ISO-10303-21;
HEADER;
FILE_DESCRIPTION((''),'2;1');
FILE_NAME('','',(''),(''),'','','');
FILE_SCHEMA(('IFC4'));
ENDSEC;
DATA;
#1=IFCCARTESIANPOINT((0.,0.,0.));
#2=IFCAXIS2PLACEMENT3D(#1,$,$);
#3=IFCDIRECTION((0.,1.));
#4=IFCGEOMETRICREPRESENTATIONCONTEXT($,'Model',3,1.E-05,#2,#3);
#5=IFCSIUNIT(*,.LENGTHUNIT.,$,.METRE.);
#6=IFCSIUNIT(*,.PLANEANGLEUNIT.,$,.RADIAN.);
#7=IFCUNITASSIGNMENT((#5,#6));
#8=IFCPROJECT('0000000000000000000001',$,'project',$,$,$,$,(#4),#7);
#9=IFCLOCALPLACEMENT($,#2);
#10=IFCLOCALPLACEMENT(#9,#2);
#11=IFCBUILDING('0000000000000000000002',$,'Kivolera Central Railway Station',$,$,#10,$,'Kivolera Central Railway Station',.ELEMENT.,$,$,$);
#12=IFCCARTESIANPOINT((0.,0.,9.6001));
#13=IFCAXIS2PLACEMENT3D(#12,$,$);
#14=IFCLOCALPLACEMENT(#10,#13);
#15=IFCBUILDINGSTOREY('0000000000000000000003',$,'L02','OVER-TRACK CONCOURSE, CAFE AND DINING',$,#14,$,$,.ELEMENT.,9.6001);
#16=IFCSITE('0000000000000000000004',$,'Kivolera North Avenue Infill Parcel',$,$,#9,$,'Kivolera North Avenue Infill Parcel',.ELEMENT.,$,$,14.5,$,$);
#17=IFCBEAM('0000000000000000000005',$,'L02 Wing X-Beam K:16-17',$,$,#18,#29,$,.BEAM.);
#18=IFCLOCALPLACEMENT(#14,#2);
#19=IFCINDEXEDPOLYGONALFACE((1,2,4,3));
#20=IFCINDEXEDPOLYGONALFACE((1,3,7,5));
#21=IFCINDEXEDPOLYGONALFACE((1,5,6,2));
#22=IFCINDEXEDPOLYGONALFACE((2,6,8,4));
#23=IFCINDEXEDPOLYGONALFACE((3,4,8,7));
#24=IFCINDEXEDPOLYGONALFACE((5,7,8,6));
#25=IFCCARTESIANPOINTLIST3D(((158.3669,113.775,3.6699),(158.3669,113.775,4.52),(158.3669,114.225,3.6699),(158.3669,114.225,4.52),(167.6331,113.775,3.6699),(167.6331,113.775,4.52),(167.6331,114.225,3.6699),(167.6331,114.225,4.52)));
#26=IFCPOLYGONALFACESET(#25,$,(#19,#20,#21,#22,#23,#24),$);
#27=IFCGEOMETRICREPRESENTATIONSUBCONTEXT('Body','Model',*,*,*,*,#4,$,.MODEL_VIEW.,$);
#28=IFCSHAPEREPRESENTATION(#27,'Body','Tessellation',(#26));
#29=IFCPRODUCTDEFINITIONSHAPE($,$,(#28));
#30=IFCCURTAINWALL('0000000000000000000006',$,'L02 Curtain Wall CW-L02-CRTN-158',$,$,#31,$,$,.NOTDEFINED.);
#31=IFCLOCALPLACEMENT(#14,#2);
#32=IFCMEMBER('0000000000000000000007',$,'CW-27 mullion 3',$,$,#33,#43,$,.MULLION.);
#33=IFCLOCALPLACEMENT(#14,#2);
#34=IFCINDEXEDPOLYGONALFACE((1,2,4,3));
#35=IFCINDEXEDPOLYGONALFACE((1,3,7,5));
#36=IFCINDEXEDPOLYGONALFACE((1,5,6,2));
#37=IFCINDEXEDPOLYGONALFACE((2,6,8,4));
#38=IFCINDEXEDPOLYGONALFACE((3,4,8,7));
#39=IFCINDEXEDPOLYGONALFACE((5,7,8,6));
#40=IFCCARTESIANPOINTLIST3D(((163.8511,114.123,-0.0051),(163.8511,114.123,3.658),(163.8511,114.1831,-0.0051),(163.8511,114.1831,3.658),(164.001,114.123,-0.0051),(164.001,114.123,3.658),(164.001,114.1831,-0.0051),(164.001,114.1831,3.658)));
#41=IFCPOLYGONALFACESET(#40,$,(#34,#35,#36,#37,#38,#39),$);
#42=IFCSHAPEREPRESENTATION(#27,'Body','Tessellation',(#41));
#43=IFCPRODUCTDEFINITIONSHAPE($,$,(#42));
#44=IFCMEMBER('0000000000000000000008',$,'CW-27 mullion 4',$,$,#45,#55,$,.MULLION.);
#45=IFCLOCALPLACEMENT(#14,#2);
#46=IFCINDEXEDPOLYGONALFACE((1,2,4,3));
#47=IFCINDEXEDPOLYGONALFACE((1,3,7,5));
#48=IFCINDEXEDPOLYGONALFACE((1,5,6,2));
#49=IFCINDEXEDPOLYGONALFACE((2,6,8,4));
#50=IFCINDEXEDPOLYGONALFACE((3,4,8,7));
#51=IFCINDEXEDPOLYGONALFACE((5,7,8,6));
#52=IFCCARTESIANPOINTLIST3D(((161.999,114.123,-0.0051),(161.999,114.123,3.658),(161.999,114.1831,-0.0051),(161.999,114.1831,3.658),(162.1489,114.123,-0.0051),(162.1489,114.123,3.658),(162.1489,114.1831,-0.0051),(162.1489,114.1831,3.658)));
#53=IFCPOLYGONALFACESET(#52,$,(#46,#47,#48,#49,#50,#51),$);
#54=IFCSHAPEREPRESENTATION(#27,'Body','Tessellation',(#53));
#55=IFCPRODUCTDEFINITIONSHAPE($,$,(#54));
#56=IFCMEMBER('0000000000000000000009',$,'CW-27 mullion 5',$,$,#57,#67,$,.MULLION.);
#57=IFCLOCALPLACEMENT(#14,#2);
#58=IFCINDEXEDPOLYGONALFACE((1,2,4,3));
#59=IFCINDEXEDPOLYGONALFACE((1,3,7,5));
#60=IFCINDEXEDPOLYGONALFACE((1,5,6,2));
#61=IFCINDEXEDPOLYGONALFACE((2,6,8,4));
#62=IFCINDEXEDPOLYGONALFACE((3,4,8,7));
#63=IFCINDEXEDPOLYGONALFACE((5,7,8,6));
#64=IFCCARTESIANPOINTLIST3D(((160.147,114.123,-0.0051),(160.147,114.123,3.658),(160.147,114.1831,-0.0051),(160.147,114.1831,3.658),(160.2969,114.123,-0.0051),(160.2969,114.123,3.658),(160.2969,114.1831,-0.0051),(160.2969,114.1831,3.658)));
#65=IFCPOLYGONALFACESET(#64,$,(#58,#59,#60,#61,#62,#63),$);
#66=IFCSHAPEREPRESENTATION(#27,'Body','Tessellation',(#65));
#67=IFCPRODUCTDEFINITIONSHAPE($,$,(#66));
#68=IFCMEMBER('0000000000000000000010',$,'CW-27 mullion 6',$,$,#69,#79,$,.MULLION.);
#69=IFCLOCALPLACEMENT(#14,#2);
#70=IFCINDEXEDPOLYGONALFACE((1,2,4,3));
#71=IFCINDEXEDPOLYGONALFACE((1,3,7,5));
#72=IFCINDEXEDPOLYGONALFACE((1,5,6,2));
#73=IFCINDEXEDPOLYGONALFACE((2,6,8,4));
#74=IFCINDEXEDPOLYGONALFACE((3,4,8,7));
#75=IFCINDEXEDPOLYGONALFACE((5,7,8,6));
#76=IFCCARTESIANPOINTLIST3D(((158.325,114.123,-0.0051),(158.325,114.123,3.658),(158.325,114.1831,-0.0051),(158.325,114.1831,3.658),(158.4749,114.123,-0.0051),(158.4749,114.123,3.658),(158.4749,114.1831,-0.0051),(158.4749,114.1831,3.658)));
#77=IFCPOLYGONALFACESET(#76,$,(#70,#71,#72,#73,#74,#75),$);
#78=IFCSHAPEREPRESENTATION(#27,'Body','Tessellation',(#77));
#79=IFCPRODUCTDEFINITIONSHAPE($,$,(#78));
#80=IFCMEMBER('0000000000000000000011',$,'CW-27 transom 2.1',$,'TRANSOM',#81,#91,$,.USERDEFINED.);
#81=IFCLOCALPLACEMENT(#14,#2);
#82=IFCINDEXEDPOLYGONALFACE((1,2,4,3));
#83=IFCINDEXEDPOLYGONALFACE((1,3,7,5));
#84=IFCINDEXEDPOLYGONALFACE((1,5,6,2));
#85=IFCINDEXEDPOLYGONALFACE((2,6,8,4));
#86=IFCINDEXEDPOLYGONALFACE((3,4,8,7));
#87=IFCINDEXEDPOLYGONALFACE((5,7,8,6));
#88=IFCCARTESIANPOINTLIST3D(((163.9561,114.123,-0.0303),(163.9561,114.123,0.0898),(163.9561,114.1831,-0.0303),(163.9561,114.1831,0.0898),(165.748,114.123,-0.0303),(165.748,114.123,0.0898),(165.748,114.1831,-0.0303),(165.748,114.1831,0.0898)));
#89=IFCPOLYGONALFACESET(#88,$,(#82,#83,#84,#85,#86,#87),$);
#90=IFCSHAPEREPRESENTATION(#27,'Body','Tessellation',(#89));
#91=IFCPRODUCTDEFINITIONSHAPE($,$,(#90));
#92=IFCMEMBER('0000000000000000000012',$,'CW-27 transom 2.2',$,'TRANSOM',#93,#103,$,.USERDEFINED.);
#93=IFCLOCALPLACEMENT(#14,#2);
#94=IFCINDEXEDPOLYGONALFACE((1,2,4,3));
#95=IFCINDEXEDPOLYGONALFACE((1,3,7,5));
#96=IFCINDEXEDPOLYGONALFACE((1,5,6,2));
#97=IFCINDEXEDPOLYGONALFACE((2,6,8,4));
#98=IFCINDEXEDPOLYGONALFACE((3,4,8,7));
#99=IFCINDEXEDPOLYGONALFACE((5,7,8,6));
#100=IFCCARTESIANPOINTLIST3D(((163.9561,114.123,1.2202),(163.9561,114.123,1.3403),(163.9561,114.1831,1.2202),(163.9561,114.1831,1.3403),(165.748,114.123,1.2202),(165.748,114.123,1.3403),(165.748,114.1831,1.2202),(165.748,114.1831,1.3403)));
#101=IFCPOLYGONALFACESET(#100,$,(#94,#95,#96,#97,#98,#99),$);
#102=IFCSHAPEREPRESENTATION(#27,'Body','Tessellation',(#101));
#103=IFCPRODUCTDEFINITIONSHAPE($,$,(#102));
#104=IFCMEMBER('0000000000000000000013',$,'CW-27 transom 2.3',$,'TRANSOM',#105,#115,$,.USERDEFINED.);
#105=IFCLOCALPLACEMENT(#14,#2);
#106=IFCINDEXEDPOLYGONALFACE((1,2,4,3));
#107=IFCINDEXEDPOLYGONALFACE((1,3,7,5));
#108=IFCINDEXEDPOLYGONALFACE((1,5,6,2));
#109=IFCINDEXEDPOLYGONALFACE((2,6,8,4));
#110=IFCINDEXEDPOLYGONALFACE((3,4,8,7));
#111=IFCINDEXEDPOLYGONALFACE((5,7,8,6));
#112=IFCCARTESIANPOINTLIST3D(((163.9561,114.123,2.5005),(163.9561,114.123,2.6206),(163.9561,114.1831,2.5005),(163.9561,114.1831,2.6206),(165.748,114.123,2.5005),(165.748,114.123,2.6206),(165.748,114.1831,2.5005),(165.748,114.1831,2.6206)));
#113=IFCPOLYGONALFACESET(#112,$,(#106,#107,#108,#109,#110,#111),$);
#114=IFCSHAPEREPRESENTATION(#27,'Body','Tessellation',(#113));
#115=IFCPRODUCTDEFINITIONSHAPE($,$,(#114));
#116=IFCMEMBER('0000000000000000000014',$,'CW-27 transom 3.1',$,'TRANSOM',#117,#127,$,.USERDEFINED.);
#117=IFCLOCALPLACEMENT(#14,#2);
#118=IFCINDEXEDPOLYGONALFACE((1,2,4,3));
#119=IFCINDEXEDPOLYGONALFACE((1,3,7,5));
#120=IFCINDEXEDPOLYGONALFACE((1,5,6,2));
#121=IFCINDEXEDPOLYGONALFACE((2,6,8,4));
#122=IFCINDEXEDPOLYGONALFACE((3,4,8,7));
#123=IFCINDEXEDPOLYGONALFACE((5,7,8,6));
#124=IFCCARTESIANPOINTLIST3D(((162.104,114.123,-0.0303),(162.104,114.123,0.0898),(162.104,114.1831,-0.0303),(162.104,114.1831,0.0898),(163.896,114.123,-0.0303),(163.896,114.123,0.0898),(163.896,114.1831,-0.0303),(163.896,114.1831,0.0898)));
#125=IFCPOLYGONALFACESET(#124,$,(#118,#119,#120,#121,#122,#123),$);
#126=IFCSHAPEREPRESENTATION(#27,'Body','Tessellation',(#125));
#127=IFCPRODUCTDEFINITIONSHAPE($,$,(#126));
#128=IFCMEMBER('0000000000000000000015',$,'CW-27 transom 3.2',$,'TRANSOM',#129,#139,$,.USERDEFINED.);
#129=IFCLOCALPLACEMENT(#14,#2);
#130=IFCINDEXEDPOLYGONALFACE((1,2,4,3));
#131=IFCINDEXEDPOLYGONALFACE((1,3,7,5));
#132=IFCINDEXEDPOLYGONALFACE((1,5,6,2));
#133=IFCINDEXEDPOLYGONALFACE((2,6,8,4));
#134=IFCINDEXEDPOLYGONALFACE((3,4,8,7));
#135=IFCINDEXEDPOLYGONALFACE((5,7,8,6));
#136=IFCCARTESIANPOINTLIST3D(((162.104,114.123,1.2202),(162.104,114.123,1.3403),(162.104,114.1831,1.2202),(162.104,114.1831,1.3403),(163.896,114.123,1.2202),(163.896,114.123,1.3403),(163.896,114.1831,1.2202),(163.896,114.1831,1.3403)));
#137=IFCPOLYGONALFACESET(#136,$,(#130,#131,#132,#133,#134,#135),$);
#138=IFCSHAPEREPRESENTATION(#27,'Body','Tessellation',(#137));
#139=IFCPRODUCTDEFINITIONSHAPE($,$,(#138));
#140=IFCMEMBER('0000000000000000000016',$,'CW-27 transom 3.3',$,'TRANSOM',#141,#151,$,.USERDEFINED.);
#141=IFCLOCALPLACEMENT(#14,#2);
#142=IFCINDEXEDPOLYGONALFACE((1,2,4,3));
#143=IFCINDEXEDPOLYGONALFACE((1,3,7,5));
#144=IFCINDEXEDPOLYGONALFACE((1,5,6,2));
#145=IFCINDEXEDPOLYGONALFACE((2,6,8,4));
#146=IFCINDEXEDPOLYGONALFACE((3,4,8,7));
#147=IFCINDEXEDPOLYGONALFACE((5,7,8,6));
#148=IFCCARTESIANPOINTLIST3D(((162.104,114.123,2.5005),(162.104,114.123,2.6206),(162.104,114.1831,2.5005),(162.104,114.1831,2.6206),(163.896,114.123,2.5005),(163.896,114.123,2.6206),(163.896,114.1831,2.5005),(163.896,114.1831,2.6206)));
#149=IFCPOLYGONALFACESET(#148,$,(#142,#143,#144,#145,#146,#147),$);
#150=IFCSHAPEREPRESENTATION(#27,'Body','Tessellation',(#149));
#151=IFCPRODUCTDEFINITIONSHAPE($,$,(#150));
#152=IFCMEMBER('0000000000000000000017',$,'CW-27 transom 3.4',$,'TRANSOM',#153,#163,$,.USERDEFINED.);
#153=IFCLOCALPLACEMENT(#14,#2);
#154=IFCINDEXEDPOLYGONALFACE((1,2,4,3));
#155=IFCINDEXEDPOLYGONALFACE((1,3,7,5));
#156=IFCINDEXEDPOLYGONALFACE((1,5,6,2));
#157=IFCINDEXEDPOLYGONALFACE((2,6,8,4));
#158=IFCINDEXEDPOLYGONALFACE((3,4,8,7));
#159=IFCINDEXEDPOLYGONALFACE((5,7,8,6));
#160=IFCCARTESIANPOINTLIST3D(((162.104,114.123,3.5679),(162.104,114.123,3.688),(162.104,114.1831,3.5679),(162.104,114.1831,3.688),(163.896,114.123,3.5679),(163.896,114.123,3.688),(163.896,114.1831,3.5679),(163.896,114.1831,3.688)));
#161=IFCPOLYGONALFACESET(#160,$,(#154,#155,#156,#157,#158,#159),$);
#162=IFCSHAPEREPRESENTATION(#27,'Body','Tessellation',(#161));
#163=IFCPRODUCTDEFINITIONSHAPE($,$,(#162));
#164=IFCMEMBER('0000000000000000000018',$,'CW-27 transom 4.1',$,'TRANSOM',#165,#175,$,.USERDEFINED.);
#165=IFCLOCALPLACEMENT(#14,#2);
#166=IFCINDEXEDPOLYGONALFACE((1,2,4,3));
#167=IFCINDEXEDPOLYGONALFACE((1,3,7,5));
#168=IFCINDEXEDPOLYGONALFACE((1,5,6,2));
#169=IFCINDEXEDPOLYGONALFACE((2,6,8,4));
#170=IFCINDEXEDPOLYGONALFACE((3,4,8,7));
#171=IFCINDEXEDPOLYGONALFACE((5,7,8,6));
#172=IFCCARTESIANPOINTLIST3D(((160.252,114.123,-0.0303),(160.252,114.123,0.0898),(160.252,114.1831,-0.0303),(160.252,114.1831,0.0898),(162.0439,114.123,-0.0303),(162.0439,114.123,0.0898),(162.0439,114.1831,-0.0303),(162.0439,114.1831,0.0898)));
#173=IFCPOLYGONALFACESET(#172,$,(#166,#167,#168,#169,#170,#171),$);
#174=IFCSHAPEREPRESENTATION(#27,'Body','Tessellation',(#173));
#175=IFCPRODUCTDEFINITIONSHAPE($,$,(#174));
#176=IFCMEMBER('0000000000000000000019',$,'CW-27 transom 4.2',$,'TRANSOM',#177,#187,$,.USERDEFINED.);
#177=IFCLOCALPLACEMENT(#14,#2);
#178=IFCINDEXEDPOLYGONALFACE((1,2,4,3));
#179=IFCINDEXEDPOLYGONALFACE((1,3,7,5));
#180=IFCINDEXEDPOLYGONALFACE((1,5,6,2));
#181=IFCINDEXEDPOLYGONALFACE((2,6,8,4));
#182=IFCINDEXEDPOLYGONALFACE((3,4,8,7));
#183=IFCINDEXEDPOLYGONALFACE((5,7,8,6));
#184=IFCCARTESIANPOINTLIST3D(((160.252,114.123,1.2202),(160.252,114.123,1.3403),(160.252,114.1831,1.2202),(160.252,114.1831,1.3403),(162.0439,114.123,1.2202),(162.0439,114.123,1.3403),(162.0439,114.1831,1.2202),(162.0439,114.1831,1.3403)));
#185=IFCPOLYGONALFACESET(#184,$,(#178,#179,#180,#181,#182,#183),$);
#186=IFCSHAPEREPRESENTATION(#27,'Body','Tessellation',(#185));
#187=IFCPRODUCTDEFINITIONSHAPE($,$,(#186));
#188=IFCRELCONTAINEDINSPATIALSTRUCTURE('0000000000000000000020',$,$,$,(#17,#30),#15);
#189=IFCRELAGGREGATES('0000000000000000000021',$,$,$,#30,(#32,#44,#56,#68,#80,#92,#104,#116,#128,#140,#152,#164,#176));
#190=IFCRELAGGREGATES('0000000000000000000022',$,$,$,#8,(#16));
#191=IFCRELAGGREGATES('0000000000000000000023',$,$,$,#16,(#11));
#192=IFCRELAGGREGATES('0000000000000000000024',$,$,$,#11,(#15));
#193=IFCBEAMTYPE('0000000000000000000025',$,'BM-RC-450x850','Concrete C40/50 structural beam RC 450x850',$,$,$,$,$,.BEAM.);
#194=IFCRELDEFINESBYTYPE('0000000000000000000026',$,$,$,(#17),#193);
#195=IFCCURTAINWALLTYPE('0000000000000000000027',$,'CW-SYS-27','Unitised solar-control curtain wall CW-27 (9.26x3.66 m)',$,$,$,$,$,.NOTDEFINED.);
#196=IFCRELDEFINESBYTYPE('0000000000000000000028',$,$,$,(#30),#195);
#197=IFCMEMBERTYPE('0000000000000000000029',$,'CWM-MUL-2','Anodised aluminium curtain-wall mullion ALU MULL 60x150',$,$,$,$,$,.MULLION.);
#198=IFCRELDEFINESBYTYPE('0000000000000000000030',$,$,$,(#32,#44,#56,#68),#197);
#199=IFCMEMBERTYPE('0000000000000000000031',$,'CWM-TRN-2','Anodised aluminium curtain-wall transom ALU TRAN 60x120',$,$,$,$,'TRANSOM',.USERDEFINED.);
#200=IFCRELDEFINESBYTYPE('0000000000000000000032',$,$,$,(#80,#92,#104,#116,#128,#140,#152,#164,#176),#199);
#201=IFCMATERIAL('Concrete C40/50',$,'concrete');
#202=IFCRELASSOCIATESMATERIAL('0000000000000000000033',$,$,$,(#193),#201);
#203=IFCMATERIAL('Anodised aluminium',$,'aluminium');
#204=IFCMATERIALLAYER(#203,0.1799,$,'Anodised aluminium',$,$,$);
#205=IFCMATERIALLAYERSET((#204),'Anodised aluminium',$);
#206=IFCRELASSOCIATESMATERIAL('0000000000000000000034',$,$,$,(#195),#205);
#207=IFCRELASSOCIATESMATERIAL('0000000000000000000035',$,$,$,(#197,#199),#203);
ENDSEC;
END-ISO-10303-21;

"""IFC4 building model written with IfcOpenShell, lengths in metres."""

from ifc_helpers import new_model, si_unit, direction, frame, origin, origin_2d, place, context, subcontext, project, spatial, rectangle, extrude, material, layer, layer_set, material_profile, profile_set, type_object, element, aggregate, save


model = new_model("IFC4")

# Units and contexts
model_context = context("Model", 3, precision=1e-05, world=origin(), true_north=direction((0.0, 1.0)))
body_context = subcontext(model_context, "Body", "Model", "MODEL_VIEW")
ifc_project = project(units=[si_unit("LENGTHUNIT", "METRE"), si_unit("PLANEANGLEUNIT", "RADIAN")], contexts=[model_context])

# Site, building, storey
site_placement = place(None, origin())
site = spatial("IfcSite", under=ifc_project, at=site_placement, Name="Kivolera North Avenue Infill Parcel", LongName="Kivolera North Avenue Infill Parcel", CompositionType="ELEMENT", RefElevation=14.5)
building_placement = place(site_placement, origin())
building = spatial("IfcBuilding", under=site, at=building_placement, Name="Kivolera Central Railway Station", LongName="Kivolera Central Railway Station", CompositionType="ELEMENT")
storey_placement = place(building_placement, frame((0.0, 0.0, 9.6001)))
storey = spatial("IfcBuildingStorey", under=building, at=storey_placement, Name="L02", Description="OVER-TRACK CONCOURSE, CAFE AND DINING", CompositionType="ELEMENT", Elevation=9.6001)

# Beam
ifc_material_1 = material(Name="Concrete C40/50", Category="concrete")
ifc_material_profile_1 = material_profile(ifc_material_1, rectangle(XDim=0.45, YDim=0.8501, at=origin_2d()), Name="RC 450x850")
ifc_profile_set_1 = profile_set([ifc_material_profile_1], Name="Concrete C40/50")
beam_type = type_object("IfcBeamType", Name="BM-RC-450x850", Description="Concrete C40/50 structural beam RC 450x850", PredefinedType="BEAM", material=ifc_profile_set_1)
beam_placement = place(storey_placement, frame((158.3669, 114.0, 4.095), z_axis=(1.0, 0.0, 0.0), x_axis=(0.0, 1.0, 0.0)))
element("IfcBeam", 1, at=beam_placement, inside=storey, type_object=beam_type, Name="L02 Wing X-Beam K:16-17", PredefinedType="BEAM", context=body_context, shape_type="SweptSolid", body=[
    extrude(rectangle(XDim=0.45, YDim=0.8501, at=origin_2d()), origin(), (0.0, 0.0, 1.0), 9.2661),
])

# Curtain wall, members
ifc_material_2 = material(Name="Anodised aluminium", Category="aluminium")
ifc_layer_1 = layer(ifc_material_2, 0.1799, Name="Anodised aluminium")
ifc_layer_set_1 = layer_set([ifc_layer_1], Name="Anodised aluminium")
curtain_wall_type = type_object("IfcCurtainWallType", Name="CW-SYS-27", Description="Unitised solar-control curtain wall CW-27 (9.26x3.66 m)", PredefinedType="NOTDEFINED", material=ifc_layer_set_1)
curtain_wall_placement = place(storey_placement, origin())
curtain_wall = element("IfcCurtainWall", 2, at=curtain_wall_placement, inside=storey, type_object=curtain_wall_type, Name="L02 Curtain Wall CW-L02-CRTN-158", PredefinedType="NOTDEFINED")
ifc_material_profile_2 = material_profile(ifc_material_2, rectangle(XDim=0.0601, YDim=0.1499, at=origin_2d()), Name="ALU MULL 60x150")
ifc_profile_set_2 = profile_set([ifc_material_profile_2], Name="Anodised aluminium")
member_type_1 = type_object("IfcMemberType", Name="CWM-MUL-2", Description="Anodised aluminium curtain-wall mullion ALU MULL 60x150", PredefinedType="MULLION", material=ifc_profile_set_2)
member_1_placement = place(storey_placement, frame((163.926, 114.1531, -0.0051), z_axis=(0.0, 0.0, 1.0), x_axis=(0.0, -1.0, 0.0)))
member_1 = element("IfcMember", 3, at=member_1_placement, type_object=member_type_1, Name="CW-27 mullion 3", PredefinedType="MULLION", context=body_context, shape_type="SweptSolid", body=[
    extrude(rectangle(XDim=0.0601, YDim=0.1499, at=origin_2d()), origin(), (0.0, 0.0, 1.0), 3.6631),
])
member_2_placement = place(storey_placement, frame((162.074, 114.1531, -0.0051), z_axis=(0.0, 0.0, 1.0), x_axis=(0.0, -1.0, 0.0)))
member_2 = element("IfcMember", 4, at=member_2_placement, type_object=member_type_1, Name="CW-27 mullion 4", PredefinedType="MULLION", context=body_context, shape_type="SweptSolid", body=[
    extrude(rectangle(XDim=0.0601, YDim=0.1499, at=origin_2d()), origin(), (0.0, 0.0, 1.0), 3.6631),
])
member_3_placement = place(storey_placement, frame((160.2219, 114.1531, -0.0051), z_axis=(0.0, 0.0, 1.0), x_axis=(0.0, -1.0, 0.0)))
member_3 = element("IfcMember", 5, at=member_3_placement, type_object=member_type_1, Name="CW-27 mullion 5", PredefinedType="MULLION", context=body_context, shape_type="SweptSolid", body=[
    extrude(rectangle(XDim=0.0601, YDim=0.1499, at=origin_2d()), origin(), (0.0, 0.0, 1.0), 3.6631),
])
member_4_placement = place(storey_placement, frame((158.3999, 114.1531, -0.0051), z_axis=(0.0, 0.0, 1.0), x_axis=(0.0, -1.0, 0.0)))
member_4 = element("IfcMember", 6, at=member_4_placement, type_object=member_type_1, Name="CW-27 mullion 6", PredefinedType="MULLION", context=body_context, shape_type="SweptSolid", body=[
    extrude(rectangle(XDim=0.0601, YDim=0.1499, at=origin_2d()), origin(), (0.0, 0.0, 1.0), 3.6631),
])
ifc_material_profile_3 = material_profile(ifc_material_2, rectangle(XDim=0.0601, YDim=0.1201, at=origin_2d()), Name="ALU TRAN 60x120")
ifc_profile_set_3 = profile_set([ifc_material_profile_3], Name="Anodised aluminium")
member_type_2 = type_object("IfcMemberType", Name="CWM-TRN-2", Description="Anodised aluminium curtain-wall transom ALU TRAN 60x120", ElementType="TRANSOM", PredefinedType="USERDEFINED", material=ifc_profile_set_3)
member_5_placement = place(storey_placement, frame((165.748, 114.1531, 0.0298), z_axis=(-1.0, 0.0, 0.0), x_axis=(0.0, -1.0, 0.0)))
member_5 = element("IfcMember", 7, at=member_5_placement, type_object=member_type_2, Name="CW-27 transom 2.1", ObjectType="TRANSOM", PredefinedType="USERDEFINED", context=body_context, shape_type="SweptSolid", body=[
    extrude(rectangle(XDim=0.0601, YDim=0.1201, at=origin_2d()), origin(), (0.0, 0.0, 1.0), 1.792),
])
member_6_placement = place(storey_placement, frame((165.748, 114.1531, 1.2803), z_axis=(-1.0, 0.0, 0.0), x_axis=(0.0, -1.0, 0.0)))
member_6 = element("IfcMember", 8, at=member_6_placement, type_object=member_type_2, Name="CW-27 transom 2.2", ObjectType="TRANSOM", PredefinedType="USERDEFINED", context=body_context, shape_type="SweptSolid", body=[
    extrude(rectangle(XDim=0.0601, YDim=0.1201, at=origin_2d()), origin(), (0.0, 0.0, 1.0), 1.792),
])
member_7_placement = place(storey_placement, frame((165.748, 114.1531, 2.5605), z_axis=(-1.0, 0.0, 0.0), x_axis=(0.0, -1.0, 0.0)))
member_7 = element("IfcMember", 9, at=member_7_placement, type_object=member_type_2, Name="CW-27 transom 2.3", ObjectType="TRANSOM", PredefinedType="USERDEFINED", context=body_context, shape_type="SweptSolid", body=[
    extrude(rectangle(XDim=0.0601, YDim=0.1201, at=origin_2d()), origin(), (0.0, 0.0, 1.0), 1.792),
])
member_8_placement = place(storey_placement, frame((163.896, 114.1531, 0.0298), z_axis=(-1.0, 0.0, 0.0), x_axis=(0.0, -1.0, 0.0)))
member_8 = element("IfcMember", 10, at=member_8_placement, type_object=member_type_2, Name="CW-27 transom 3.1", ObjectType="TRANSOM", PredefinedType="USERDEFINED", context=body_context, shape_type="SweptSolid", body=[
    extrude(rectangle(XDim=0.0601, YDim=0.1201, at=origin_2d()), origin(), (0.0, 0.0, 1.0), 1.792),
])
member_9_placement = place(storey_placement, frame((163.896, 114.1531, 1.2803), z_axis=(-1.0, 0.0, 0.0), x_axis=(0.0, -1.0, 0.0)))
member_9 = element("IfcMember", 11, at=member_9_placement, type_object=member_type_2, Name="CW-27 transom 3.2", ObjectType="TRANSOM", PredefinedType="USERDEFINED", context=body_context, shape_type="SweptSolid", body=[
    extrude(rectangle(XDim=0.0601, YDim=0.1201, at=origin_2d()), origin(), (0.0, 0.0, 1.0), 1.792),
])
member_10_placement = place(storey_placement, frame((163.896, 114.1531, 2.5605), z_axis=(-1.0, 0.0, 0.0), x_axis=(0.0, -1.0, 0.0)))
member_10 = element("IfcMember", 12, at=member_10_placement, type_object=member_type_2, Name="CW-27 transom 3.3", ObjectType="TRANSOM", PredefinedType="USERDEFINED", context=body_context, shape_type="SweptSolid", body=[
    extrude(rectangle(XDim=0.0601, YDim=0.1201, at=origin_2d()), origin(), (0.0, 0.0, 1.0), 1.792),
])
member_11_placement = place(storey_placement, frame((163.896, 114.1531, 3.6279), z_axis=(-1.0, 0.0, 0.0), x_axis=(0.0, -1.0, 0.0)))
member_11 = element("IfcMember", 13, at=member_11_placement, type_object=member_type_2, Name="CW-27 transom 3.4", ObjectType="TRANSOM", PredefinedType="USERDEFINED", context=body_context, shape_type="SweptSolid", body=[
    extrude(rectangle(XDim=0.0601, YDim=0.1201, at=origin_2d()), origin(), (0.0, 0.0, 1.0), 1.792),
])
member_12_placement = place(storey_placement, frame((162.0439, 114.1531, 0.0298), z_axis=(-1.0, 0.0, 0.0), x_axis=(0.0, -1.0, 0.0)))
member_12 = element("IfcMember", 14, at=member_12_placement, type_object=member_type_2, Name="CW-27 transom 4.1", ObjectType="TRANSOM", PredefinedType="USERDEFINED", context=body_context, shape_type="SweptSolid", body=[
    extrude(rectangle(XDim=0.0601, YDim=0.1201, at=origin_2d()), origin(), (0.0, 0.0, 1.0), 1.792),
])
member_13_placement = place(storey_placement, frame((162.0439, 114.1531, 1.2803), z_axis=(-1.0, 0.0, 0.0), x_axis=(0.0, -1.0, 0.0)))
member_13 = element("IfcMember", 15, at=member_13_placement, type_object=member_type_2, Name="CW-27 transom 4.2", ObjectType="TRANSOM", PredefinedType="USERDEFINED", context=body_context, shape_type="SweptSolid", body=[
    extrude(rectangle(XDim=0.0601, YDim=0.1201, at=origin_2d()), origin(), (0.0, 0.0, 1.0), 1.792),
])
aggregate(curtain_wall, [member_1, member_2, member_3, member_4, member_5, member_6, member_7, member_8, member_9, member_10, member_11, member_12, member_13])

save(model, "model.ifc")
